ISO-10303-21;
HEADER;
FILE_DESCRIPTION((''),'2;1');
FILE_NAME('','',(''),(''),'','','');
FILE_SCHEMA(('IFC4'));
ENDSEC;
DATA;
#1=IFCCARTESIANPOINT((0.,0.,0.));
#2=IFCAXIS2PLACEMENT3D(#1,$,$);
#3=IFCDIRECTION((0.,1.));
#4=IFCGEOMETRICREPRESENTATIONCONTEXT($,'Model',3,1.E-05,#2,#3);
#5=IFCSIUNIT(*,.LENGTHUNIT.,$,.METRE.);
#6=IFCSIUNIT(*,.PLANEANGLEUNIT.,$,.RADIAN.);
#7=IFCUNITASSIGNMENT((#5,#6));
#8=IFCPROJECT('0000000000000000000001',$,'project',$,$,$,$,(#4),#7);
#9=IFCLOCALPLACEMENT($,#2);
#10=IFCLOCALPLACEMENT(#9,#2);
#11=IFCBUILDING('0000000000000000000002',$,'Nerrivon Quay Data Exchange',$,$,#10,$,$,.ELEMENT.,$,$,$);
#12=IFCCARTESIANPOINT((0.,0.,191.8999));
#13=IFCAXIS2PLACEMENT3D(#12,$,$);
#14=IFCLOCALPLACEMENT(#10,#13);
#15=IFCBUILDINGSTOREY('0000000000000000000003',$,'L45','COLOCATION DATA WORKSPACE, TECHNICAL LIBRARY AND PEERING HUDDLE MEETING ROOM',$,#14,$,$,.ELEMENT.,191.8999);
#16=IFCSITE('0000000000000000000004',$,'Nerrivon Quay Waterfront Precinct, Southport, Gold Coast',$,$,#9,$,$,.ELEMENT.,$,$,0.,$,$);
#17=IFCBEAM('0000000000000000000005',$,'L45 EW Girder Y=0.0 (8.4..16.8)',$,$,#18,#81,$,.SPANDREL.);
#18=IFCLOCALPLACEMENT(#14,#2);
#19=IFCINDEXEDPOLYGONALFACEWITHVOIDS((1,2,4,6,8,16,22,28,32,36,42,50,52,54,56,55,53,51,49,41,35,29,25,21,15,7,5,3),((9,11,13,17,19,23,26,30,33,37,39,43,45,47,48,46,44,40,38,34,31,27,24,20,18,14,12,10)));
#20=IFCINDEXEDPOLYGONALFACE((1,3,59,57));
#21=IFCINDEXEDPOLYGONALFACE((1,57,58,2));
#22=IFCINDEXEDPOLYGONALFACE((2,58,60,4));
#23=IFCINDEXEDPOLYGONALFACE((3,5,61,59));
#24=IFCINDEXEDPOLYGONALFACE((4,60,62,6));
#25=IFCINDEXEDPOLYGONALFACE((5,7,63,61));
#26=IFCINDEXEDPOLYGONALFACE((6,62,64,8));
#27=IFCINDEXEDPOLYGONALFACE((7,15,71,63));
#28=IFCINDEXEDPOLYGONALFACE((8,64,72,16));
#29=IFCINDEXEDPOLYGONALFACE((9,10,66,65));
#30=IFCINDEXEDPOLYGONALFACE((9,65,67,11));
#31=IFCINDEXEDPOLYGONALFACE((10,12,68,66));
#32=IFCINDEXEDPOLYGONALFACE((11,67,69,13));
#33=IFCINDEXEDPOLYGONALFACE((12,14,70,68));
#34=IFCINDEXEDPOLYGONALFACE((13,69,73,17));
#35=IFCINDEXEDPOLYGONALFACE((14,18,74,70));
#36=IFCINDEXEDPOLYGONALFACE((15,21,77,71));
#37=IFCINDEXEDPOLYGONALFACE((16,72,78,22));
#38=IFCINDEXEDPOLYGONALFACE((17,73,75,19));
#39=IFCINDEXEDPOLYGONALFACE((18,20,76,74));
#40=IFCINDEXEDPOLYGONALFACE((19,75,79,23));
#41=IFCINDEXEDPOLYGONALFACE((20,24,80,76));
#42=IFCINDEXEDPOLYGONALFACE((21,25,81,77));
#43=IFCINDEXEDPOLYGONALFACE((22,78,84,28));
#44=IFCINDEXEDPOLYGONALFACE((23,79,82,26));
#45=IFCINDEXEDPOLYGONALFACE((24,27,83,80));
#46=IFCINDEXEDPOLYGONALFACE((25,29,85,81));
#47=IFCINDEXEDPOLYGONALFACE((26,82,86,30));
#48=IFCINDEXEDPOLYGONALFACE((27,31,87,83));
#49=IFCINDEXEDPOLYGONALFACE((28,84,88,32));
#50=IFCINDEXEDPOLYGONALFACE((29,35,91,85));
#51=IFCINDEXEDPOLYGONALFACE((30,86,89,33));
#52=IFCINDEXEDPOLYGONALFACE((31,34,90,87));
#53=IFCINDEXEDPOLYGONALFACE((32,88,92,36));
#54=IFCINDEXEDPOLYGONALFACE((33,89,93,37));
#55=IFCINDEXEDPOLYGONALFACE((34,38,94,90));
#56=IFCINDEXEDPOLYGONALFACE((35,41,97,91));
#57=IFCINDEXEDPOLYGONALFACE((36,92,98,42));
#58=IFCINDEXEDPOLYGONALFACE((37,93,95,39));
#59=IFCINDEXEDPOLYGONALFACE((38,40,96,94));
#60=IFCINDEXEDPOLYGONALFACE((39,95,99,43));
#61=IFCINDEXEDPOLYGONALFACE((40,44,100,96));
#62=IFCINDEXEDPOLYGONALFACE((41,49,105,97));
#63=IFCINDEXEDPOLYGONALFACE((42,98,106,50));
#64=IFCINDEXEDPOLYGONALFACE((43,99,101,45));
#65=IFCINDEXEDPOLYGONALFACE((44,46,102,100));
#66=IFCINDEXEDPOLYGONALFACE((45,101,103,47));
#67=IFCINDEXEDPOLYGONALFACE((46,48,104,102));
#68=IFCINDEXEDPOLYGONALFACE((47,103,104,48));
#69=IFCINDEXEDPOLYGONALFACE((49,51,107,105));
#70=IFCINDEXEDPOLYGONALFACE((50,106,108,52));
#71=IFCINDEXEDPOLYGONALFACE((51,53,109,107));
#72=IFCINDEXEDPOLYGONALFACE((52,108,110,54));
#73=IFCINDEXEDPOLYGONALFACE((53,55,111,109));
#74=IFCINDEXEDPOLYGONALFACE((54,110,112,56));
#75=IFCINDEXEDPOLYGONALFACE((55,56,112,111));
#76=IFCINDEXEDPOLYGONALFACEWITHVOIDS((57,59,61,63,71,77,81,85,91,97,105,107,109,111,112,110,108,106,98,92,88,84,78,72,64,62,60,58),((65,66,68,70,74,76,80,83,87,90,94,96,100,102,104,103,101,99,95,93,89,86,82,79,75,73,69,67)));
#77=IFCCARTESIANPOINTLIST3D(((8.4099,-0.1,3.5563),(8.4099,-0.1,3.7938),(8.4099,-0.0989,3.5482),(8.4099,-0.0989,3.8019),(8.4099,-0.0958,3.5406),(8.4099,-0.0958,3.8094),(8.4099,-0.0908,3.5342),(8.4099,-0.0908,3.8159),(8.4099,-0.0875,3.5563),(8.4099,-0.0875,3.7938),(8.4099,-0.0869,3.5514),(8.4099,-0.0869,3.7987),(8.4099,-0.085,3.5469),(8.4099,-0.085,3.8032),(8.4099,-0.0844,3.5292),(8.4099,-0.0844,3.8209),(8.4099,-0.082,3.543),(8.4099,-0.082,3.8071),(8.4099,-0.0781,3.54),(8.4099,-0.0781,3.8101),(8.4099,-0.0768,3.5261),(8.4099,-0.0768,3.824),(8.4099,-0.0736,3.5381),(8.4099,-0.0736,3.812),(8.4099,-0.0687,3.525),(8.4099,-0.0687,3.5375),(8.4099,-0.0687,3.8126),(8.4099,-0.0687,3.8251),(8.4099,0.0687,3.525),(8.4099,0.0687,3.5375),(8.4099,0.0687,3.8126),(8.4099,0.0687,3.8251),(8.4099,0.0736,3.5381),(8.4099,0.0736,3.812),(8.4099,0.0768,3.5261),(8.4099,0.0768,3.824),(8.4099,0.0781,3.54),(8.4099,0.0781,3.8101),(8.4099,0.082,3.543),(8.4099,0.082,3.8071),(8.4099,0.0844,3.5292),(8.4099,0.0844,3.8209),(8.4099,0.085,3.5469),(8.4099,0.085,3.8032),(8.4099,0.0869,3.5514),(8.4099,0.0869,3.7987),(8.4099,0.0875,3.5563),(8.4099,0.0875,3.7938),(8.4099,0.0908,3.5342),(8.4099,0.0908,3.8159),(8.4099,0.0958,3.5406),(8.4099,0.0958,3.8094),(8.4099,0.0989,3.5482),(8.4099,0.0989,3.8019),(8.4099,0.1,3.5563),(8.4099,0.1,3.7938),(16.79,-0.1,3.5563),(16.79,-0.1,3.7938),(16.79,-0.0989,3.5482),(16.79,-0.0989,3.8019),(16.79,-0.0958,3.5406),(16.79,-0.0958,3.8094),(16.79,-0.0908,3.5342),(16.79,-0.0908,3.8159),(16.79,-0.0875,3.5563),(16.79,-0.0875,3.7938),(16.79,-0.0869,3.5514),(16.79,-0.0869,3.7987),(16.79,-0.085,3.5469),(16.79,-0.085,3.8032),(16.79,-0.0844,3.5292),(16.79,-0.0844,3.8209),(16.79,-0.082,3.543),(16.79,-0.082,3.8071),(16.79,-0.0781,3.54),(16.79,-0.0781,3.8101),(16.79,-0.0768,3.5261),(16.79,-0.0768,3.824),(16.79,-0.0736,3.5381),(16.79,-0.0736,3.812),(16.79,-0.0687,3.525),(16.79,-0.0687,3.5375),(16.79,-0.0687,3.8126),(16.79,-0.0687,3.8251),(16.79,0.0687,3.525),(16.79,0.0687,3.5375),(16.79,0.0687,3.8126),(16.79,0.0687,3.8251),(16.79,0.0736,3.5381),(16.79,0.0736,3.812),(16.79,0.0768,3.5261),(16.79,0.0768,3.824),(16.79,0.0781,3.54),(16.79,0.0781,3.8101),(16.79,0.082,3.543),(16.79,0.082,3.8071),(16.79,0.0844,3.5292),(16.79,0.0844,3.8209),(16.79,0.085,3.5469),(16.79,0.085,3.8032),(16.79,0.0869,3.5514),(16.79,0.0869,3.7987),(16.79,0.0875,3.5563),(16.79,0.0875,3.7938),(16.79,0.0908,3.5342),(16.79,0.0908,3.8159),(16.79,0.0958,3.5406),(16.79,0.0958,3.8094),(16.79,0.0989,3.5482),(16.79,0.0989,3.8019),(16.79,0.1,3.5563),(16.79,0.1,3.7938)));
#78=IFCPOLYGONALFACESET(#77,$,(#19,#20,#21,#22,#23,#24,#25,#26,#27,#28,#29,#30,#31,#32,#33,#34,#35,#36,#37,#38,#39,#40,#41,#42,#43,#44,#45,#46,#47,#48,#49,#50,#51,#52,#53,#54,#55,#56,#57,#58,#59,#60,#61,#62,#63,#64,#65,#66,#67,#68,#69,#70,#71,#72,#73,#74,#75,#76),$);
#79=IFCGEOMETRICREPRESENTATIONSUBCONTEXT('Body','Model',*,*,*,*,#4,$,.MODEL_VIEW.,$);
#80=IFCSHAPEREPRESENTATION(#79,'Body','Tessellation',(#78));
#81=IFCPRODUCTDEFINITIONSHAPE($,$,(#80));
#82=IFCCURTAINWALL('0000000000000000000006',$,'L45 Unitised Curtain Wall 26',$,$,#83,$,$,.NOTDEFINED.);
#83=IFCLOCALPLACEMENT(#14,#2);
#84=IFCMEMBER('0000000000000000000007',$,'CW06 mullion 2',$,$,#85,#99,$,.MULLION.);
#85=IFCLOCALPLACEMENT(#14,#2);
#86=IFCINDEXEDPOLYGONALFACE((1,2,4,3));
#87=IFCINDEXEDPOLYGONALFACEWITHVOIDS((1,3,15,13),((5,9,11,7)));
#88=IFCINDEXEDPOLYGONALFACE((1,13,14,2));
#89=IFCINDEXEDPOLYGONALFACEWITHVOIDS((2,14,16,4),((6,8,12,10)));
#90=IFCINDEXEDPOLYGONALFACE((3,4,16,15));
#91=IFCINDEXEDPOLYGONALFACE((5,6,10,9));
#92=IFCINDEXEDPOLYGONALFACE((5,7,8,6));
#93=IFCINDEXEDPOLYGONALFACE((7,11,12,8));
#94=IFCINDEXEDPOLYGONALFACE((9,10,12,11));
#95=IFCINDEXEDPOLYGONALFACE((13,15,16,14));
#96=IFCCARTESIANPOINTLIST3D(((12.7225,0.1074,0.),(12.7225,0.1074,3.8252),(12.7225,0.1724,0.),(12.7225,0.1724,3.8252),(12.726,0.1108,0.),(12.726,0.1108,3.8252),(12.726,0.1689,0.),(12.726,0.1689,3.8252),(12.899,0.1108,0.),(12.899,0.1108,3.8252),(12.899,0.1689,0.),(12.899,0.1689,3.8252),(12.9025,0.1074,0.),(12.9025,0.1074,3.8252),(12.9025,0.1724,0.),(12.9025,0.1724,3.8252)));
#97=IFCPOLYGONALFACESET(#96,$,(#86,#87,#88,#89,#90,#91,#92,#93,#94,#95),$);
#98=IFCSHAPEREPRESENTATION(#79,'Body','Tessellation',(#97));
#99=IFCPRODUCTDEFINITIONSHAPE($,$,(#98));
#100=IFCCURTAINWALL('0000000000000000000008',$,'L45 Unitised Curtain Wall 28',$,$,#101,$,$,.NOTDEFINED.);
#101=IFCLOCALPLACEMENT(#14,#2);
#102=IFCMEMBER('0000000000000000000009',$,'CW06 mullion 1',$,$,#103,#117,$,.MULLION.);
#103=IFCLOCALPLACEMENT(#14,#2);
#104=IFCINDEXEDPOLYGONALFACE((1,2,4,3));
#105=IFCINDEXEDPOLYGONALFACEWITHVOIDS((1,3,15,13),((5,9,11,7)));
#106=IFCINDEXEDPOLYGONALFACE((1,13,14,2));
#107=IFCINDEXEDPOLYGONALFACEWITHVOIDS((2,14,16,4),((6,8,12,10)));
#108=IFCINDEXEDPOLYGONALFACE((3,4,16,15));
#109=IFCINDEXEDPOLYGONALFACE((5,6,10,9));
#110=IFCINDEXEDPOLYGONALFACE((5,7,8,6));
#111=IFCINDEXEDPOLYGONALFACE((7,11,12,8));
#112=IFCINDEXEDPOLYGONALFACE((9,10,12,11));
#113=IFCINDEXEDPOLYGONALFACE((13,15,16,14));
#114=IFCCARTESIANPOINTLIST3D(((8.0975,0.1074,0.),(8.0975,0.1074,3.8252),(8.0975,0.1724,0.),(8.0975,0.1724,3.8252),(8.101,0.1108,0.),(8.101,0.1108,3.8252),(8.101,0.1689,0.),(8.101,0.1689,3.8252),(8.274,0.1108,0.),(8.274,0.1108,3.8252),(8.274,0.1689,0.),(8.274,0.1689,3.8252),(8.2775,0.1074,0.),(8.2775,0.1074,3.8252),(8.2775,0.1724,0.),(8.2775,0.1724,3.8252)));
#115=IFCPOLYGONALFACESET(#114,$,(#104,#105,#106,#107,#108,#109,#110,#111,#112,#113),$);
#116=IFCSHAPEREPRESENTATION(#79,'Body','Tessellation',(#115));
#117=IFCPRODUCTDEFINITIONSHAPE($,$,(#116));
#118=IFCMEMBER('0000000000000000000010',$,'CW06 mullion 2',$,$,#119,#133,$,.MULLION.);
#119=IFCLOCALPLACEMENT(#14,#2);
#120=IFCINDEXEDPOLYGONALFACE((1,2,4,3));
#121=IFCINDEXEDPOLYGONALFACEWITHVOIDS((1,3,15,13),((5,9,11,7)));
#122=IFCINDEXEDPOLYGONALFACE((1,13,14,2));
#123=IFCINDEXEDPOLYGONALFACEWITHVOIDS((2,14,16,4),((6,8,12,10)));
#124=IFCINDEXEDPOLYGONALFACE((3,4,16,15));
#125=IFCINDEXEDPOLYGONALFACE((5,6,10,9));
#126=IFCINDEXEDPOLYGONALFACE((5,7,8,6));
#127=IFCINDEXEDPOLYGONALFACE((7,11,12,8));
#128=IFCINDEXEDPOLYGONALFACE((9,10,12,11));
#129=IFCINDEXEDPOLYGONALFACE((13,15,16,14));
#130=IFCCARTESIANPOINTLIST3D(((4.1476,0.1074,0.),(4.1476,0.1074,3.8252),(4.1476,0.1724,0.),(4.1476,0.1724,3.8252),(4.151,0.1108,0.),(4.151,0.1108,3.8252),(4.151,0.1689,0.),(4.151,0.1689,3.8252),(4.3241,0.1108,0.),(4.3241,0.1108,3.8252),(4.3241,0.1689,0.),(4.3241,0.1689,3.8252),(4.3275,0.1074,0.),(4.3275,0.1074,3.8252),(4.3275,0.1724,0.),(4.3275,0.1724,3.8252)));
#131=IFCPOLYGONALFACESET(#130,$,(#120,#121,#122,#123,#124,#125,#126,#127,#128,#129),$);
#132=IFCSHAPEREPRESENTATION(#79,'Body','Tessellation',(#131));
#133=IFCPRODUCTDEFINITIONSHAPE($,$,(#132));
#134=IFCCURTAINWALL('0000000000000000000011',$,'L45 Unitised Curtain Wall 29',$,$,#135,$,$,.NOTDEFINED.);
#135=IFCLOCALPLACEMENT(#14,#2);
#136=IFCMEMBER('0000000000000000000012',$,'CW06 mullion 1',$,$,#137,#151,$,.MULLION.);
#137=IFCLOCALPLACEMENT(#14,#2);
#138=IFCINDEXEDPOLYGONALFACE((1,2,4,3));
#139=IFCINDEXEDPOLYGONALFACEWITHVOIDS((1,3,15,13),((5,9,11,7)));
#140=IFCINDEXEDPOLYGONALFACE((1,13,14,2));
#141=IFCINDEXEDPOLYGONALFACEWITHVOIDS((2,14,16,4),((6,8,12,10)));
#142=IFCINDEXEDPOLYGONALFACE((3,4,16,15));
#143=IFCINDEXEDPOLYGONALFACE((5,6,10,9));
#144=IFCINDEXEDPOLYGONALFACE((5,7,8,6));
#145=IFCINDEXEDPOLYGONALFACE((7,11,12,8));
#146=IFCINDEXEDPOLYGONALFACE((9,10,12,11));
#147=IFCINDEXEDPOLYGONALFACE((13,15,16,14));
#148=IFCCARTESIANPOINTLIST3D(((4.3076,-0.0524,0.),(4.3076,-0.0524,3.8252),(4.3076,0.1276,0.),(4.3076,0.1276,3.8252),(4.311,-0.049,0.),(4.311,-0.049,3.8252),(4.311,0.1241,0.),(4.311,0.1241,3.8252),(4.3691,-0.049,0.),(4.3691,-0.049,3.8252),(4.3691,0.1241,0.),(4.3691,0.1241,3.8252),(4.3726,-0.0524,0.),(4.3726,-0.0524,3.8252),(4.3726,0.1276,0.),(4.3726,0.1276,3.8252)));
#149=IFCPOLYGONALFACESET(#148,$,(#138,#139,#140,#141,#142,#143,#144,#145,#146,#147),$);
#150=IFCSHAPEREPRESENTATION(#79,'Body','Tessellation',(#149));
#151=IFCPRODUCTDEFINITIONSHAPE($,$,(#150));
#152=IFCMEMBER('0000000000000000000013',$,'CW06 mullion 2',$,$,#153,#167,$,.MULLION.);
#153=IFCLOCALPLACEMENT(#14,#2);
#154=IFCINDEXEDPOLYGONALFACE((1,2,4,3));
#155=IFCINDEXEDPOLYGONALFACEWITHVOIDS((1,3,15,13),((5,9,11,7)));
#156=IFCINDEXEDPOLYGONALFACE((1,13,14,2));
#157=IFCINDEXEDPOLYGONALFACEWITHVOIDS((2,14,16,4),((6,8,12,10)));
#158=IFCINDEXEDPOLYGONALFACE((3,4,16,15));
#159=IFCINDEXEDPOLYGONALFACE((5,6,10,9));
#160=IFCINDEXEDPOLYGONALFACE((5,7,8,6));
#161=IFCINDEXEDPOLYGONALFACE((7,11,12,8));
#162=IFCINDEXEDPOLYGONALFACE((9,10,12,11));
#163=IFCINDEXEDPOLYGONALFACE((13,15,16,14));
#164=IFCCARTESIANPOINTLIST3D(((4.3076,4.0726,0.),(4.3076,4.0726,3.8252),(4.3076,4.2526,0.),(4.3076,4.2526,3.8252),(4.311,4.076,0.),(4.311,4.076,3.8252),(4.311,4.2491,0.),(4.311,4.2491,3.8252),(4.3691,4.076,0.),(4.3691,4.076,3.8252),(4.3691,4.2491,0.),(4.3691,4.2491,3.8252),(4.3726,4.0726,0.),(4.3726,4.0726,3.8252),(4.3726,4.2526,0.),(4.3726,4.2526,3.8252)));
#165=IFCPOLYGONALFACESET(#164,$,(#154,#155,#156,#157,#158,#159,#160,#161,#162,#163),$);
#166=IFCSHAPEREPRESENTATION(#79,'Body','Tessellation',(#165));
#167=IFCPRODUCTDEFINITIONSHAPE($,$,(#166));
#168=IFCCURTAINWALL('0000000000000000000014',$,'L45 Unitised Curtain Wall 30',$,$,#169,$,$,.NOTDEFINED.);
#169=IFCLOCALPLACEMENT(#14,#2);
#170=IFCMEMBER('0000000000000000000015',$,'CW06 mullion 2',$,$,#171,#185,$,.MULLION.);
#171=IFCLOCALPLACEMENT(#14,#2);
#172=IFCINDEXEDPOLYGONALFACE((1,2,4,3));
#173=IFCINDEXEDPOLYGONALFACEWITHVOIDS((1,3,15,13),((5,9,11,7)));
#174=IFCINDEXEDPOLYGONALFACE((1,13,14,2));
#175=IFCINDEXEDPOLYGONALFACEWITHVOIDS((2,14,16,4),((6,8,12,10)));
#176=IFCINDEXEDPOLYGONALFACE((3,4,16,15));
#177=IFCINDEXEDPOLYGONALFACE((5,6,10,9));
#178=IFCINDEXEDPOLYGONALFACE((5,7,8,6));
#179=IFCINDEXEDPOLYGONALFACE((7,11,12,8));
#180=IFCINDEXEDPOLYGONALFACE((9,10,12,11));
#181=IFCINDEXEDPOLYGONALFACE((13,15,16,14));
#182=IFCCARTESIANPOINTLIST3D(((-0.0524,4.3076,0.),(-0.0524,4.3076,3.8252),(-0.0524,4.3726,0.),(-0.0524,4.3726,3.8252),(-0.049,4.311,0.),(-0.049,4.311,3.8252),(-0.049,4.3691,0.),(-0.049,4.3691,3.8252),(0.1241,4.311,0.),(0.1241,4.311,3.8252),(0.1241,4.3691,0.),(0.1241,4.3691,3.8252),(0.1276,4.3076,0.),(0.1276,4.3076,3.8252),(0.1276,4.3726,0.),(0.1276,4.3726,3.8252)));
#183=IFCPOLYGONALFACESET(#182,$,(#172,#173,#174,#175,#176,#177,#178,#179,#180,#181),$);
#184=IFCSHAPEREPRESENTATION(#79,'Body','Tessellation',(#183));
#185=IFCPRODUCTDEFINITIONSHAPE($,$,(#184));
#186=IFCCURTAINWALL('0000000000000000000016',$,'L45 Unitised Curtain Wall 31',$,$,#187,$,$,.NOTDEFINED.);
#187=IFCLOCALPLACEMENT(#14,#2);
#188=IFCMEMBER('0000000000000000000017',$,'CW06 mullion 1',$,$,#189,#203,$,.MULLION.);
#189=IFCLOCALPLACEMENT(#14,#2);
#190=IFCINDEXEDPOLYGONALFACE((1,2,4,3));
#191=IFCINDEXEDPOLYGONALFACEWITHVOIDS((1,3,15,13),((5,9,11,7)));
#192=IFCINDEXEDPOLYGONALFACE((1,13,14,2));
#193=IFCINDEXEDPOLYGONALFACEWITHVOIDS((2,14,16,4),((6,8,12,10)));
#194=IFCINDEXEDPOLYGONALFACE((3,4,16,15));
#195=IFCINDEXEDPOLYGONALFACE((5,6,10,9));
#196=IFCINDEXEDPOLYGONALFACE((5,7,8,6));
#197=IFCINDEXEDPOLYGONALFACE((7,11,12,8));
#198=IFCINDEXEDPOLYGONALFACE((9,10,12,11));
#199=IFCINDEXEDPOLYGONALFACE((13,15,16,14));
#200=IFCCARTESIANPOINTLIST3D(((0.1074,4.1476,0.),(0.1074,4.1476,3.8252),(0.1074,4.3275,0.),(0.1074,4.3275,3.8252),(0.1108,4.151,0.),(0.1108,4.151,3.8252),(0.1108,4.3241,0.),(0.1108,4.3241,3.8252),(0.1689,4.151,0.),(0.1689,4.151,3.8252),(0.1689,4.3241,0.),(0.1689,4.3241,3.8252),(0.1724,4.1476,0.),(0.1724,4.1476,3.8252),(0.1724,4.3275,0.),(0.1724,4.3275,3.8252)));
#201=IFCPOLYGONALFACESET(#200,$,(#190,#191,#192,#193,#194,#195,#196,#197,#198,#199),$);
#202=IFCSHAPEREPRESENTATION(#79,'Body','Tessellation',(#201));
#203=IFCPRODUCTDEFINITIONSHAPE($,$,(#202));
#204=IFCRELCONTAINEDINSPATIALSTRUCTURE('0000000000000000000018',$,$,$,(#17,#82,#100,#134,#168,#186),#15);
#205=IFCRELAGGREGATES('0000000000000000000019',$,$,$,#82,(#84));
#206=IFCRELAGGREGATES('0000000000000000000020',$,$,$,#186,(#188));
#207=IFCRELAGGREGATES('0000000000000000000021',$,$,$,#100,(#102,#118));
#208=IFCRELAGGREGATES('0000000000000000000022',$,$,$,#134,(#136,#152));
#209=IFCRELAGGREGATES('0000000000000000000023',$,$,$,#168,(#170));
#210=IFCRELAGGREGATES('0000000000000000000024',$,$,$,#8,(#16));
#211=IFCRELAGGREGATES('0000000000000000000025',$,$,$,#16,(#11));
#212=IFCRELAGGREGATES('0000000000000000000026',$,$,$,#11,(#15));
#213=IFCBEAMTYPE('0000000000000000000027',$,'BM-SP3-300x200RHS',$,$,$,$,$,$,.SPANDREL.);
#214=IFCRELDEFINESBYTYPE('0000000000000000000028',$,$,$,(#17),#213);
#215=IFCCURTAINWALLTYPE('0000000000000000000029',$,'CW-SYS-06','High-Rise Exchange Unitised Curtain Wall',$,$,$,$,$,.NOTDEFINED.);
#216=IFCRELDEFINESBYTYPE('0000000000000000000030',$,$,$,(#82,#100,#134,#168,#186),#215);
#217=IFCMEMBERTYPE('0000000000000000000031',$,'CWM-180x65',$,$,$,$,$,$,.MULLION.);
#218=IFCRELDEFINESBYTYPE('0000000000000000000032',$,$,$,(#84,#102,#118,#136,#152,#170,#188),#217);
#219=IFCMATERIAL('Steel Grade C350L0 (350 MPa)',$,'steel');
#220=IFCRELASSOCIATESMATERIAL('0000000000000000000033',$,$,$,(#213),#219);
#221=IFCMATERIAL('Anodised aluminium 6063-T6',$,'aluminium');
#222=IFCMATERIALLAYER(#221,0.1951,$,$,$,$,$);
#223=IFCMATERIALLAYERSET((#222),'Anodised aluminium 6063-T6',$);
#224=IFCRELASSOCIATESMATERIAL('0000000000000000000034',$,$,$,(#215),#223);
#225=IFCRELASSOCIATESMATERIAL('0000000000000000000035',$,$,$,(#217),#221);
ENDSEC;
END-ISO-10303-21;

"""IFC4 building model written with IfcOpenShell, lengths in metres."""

from ifc_helpers import new_model, si_unit, direction, frame, origin, origin_2d, place, context, subcontext, project, spatial, hollow_rectangle, extrude, material, layer, layer_set, material_profile, profile_set, type_object, element, aggregate, save


model = new_model("IFC4")

# Units and contexts
model_context = context("Model", 3, precision=1e-05, world=origin(), true_north=direction((0.0, 1.0)))
body_context = subcontext(model_context, "Body", "Model", "MODEL_VIEW")
ifc_project = project(units=[si_unit("LENGTHUNIT", "METRE"), si_unit("PLANEANGLEUNIT", "RADIAN")], contexts=[model_context])

# Site, building, storey
site_placement = place(None, origin())
site = spatial("IfcSite", under=ifc_project, at=site_placement, Name="Nerrivon Quay Waterfront Precinct, Southport, Gold Coast", CompositionType="ELEMENT", RefElevation=0.0)
building_placement = place(site_placement, origin())
building = spatial("IfcBuilding", under=site, at=building_placement, Name="Nerrivon Quay Data Exchange", CompositionType="ELEMENT")
storey_placement = place(building_placement, frame((0.0, 0.0, 191.8999)))
storey = spatial("IfcBuildingStorey", under=building, at=storey_placement, Name="L45", Description="COLOCATION DATA WORKSPACE, TECHNICAL LIBRARY AND PEERING HUDDLE MEETING ROOM", CompositionType="ELEMENT", Elevation=191.8999)

# Beam
ifc_material_1 = material(Name="Steel Grade C350L0 (350 MPa)", Category="steel")
ifc_material_profile_1 = material_profile(ifc_material_1, hollow_rectangle(XDim=0.2, YDim=0.3, WallThickness=0.0125, InnerFilletRadius=0.0188, OuterFilletRadius=0.0312, at=origin_2d()), Name="300x200x12.5RHS")
ifc_profile_set_1 = profile_set([ifc_material_profile_1], Name="Steel Grade C350L0 (350 MPa)")
beam_type_1 = type_object("IfcBeamType", Name="BM-SP3-300x200RHS", PredefinedType="SPANDREL", material=ifc_profile_set_1)
beam_1_placement = place(storey_placement, frame((8.4099, 0.0, 3.675), z_axis=(1.0, 0.0, 0.0), x_axis=(0.0, 1.0, 0.0)))
element("IfcBeam", 1, at=beam_1_placement, inside=storey, type_object=beam_type_1, Name="L45 EW Girder Y=0.0 (8.4..16.8)", PredefinedType="SPANDREL", context=body_context, shape_type="SweptSolid", body=[
    extrude(hollow_rectangle(XDim=0.2, YDim=0.3, WallThickness=0.0125, InnerFilletRadius=0.0188, OuterFilletRadius=0.0312, at=origin_2d()), origin(), (0.0, 0.0, 1.0), 8.3801),
])

# Curtain wall, member
ifc_material_2 = material(Name="Anodised aluminium 6063-T6", Category="aluminium")
ifc_layer_1 = layer(ifc_material_2, 0.1951)
ifc_layer_set_1 = layer_set([ifc_layer_1], Name="Anodised aluminium 6063-T6")
curtain_wall_type = type_object("IfcCurtainWallType", Name="CW-SYS-06", Description="High-Rise Exchange Unitised Curtain Wall", PredefinedType="NOTDEFINED", material=ifc_layer_set_1)
curtain_wall_1_placement = place(storey_placement, origin())
curtain_wall_1 = element("IfcCurtainWall", 2, at=curtain_wall_1_placement, inside=storey, type_object=curtain_wall_type, Name="L45 Unitised Curtain Wall 26", PredefinedType="NOTDEFINED")
ifc_material_profile_2 = material_profile(ifc_material_2, hollow_rectangle(XDim=0.0649, YDim=0.1799, WallThickness=0.0034, at=origin_2d()), Name="ALU-MULL-180x65")
ifc_profile_set_2 = profile_set([ifc_material_profile_2], Name="Anodised aluminium 6063-T6")
member_type_1 = type_object("IfcMemberType", Name="CWM-180x65", PredefinedType="MULLION", material=ifc_profile_set_2)
member_1_placement = place(storey_placement, frame((12.8125, 0.1399, 0.0), z_axis=(0.0, 0.0, 1.0), x_axis=(0.0, -1.0, 0.0)))
member_1 = element("IfcMember", 3, at=member_1_placement, type_object=member_type_1, Name="CW06 mullion 2", PredefinedType="MULLION", context=body_context, shape_type="SweptSolid", body=[
    extrude(hollow_rectangle(XDim=0.0649, YDim=0.1799, WallThickness=0.0034, at=origin_2d()), origin(), (0.0, 0.0, 1.0), 3.8252),
])
aggregate(curtain_wall_1, [member_1])

# Curtain walls, members
curtain_wall_2_placement = place(storey_placement, origin())
curtain_wall_2 = element("IfcCurtainWall", 4, at=curtain_wall_2_placement, inside=storey, type_object=curtain_wall_type, Name="L45 Unitised Curtain Wall 28", PredefinedType="NOTDEFINED")
member_2_placement = place(storey_placement, frame((8.1875, 0.1399, 0.0), z_axis=(0.0, 0.0, 1.0), x_axis=(0.0, -1.0, 0.0)))
member_2 = element("IfcMember", 5, at=member_2_placement, type_object=member_type_1, Name="CW06 mullion 1", PredefinedType="MULLION", context=body_context, shape_type="SweptSolid", body=[
    extrude(hollow_rectangle(XDim=0.0649, YDim=0.1799, WallThickness=0.0034, at=origin_2d()), origin(), (0.0, 0.0, 1.0), 3.8252),
])
member_3_placement = place(storey_placement, frame((4.2375, 0.1399, 0.0), z_axis=(0.0, 0.0, 1.0), x_axis=(0.0, -1.0, 0.0)))
member_3 = element("IfcMember", 6, at=member_3_placement, type_object=member_type_1, Name="CW06 mullion 2", PredefinedType="MULLION", context=body_context, shape_type="SweptSolid", body=[
    extrude(hollow_rectangle(XDim=0.0649, YDim=0.1799, WallThickness=0.0034, at=origin_2d()), origin(), (0.0, 0.0, 1.0), 3.8252),
])
curtain_wall_3_placement = place(storey_placement, origin())
curtain_wall_3 = element("IfcCurtainWall", 7, at=curtain_wall_3_placement, inside=storey, type_object=curtain_wall_type, Name="L45 Unitised Curtain Wall 29", PredefinedType="NOTDEFINED")
member_4_placement = place(storey_placement, frame((4.3401, 0.0376, 0.0), z_axis=(0.0, 0.0, 1.0), x_axis=(-1.0, 0.0, 0.0)))
member_4 = element("IfcMember", 8, at=member_4_placement, type_object=member_type_1, Name="CW06 mullion 1", PredefinedType="MULLION", context=body_context, shape_type="SweptSolid", body=[
    extrude(hollow_rectangle(XDim=0.0649, YDim=0.1799, WallThickness=0.0034, at=origin_2d()), origin(), (0.0, 0.0, 1.0), 3.8252),
])
member_5_placement = place(storey_placement, frame((4.3401, 4.1626, 0.0), z_axis=(0.0, 0.0, 1.0), x_axis=(-1.0, 0.0, 0.0)))
member_5 = element("IfcMember", 9, at=member_5_placement, type_object=member_type_1, Name="CW06 mullion 2", PredefinedType="MULLION", context=body_context, shape_type="SweptSolid", body=[
    extrude(hollow_rectangle(XDim=0.0649, YDim=0.1799, WallThickness=0.0034, at=origin_2d()), origin(), (0.0, 0.0, 1.0), 3.8252),
])

# Curtain walls, members
curtain_wall_4_placement = place(storey_placement, origin())
curtain_wall_4 = element("IfcCurtainWall", 10, at=curtain_wall_4_placement, inside=storey, type_object=curtain_wall_type, Name="L45 Unitised Curtain Wall 30", PredefinedType="NOTDEFINED")
member_6_placement = place(storey_placement, frame((0.0376, 4.3401, 0.0), z_axis=(0.0, 0.0, 1.0), x_axis=(0.0, -1.0, 0.0)))
member_6 = element("IfcMember", 11, at=member_6_placement, type_object=member_type_1, Name="CW06 mullion 2", PredefinedType="MULLION", context=body_context, shape_type="SweptSolid", body=[
    extrude(hollow_rectangle(XDim=0.0649, YDim=0.1799, WallThickness=0.0034, at=origin_2d()), origin(), (0.0, 0.0, 1.0), 3.8252),
])
curtain_wall_5_placement = place(storey_placement, origin())
curtain_wall_5 = element("IfcCurtainWall", 12, at=curtain_wall_5_placement, inside=storey, type_object=curtain_wall_type, Name="L45 Unitised Curtain Wall 31", PredefinedType="NOTDEFINED")
member_7_placement = place(storey_placement, frame((0.1399, 4.2375, 0.0), z_axis=(0.0, 0.0, 1.0), x_axis=(-1.0, 0.0, 0.0)))
member_7 = element("IfcMember", 13, at=member_7_placement, type_object=member_type_1, Name="CW06 mullion 1", PredefinedType="MULLION", context=body_context, shape_type="SweptSolid", body=[
    extrude(hollow_rectangle(XDim=0.0649, YDim=0.1799, WallThickness=0.0034, at=origin_2d()), origin(), (0.0, 0.0, 1.0), 3.8252),
])

aggregate(curtain_wall_5, [member_7])

aggregate(curtain_wall_2, [member_2, member_3])
aggregate(curtain_wall_3, [member_4, member_5])
aggregate(curtain_wall_4, [member_6])

save(model, "model.ifc")
